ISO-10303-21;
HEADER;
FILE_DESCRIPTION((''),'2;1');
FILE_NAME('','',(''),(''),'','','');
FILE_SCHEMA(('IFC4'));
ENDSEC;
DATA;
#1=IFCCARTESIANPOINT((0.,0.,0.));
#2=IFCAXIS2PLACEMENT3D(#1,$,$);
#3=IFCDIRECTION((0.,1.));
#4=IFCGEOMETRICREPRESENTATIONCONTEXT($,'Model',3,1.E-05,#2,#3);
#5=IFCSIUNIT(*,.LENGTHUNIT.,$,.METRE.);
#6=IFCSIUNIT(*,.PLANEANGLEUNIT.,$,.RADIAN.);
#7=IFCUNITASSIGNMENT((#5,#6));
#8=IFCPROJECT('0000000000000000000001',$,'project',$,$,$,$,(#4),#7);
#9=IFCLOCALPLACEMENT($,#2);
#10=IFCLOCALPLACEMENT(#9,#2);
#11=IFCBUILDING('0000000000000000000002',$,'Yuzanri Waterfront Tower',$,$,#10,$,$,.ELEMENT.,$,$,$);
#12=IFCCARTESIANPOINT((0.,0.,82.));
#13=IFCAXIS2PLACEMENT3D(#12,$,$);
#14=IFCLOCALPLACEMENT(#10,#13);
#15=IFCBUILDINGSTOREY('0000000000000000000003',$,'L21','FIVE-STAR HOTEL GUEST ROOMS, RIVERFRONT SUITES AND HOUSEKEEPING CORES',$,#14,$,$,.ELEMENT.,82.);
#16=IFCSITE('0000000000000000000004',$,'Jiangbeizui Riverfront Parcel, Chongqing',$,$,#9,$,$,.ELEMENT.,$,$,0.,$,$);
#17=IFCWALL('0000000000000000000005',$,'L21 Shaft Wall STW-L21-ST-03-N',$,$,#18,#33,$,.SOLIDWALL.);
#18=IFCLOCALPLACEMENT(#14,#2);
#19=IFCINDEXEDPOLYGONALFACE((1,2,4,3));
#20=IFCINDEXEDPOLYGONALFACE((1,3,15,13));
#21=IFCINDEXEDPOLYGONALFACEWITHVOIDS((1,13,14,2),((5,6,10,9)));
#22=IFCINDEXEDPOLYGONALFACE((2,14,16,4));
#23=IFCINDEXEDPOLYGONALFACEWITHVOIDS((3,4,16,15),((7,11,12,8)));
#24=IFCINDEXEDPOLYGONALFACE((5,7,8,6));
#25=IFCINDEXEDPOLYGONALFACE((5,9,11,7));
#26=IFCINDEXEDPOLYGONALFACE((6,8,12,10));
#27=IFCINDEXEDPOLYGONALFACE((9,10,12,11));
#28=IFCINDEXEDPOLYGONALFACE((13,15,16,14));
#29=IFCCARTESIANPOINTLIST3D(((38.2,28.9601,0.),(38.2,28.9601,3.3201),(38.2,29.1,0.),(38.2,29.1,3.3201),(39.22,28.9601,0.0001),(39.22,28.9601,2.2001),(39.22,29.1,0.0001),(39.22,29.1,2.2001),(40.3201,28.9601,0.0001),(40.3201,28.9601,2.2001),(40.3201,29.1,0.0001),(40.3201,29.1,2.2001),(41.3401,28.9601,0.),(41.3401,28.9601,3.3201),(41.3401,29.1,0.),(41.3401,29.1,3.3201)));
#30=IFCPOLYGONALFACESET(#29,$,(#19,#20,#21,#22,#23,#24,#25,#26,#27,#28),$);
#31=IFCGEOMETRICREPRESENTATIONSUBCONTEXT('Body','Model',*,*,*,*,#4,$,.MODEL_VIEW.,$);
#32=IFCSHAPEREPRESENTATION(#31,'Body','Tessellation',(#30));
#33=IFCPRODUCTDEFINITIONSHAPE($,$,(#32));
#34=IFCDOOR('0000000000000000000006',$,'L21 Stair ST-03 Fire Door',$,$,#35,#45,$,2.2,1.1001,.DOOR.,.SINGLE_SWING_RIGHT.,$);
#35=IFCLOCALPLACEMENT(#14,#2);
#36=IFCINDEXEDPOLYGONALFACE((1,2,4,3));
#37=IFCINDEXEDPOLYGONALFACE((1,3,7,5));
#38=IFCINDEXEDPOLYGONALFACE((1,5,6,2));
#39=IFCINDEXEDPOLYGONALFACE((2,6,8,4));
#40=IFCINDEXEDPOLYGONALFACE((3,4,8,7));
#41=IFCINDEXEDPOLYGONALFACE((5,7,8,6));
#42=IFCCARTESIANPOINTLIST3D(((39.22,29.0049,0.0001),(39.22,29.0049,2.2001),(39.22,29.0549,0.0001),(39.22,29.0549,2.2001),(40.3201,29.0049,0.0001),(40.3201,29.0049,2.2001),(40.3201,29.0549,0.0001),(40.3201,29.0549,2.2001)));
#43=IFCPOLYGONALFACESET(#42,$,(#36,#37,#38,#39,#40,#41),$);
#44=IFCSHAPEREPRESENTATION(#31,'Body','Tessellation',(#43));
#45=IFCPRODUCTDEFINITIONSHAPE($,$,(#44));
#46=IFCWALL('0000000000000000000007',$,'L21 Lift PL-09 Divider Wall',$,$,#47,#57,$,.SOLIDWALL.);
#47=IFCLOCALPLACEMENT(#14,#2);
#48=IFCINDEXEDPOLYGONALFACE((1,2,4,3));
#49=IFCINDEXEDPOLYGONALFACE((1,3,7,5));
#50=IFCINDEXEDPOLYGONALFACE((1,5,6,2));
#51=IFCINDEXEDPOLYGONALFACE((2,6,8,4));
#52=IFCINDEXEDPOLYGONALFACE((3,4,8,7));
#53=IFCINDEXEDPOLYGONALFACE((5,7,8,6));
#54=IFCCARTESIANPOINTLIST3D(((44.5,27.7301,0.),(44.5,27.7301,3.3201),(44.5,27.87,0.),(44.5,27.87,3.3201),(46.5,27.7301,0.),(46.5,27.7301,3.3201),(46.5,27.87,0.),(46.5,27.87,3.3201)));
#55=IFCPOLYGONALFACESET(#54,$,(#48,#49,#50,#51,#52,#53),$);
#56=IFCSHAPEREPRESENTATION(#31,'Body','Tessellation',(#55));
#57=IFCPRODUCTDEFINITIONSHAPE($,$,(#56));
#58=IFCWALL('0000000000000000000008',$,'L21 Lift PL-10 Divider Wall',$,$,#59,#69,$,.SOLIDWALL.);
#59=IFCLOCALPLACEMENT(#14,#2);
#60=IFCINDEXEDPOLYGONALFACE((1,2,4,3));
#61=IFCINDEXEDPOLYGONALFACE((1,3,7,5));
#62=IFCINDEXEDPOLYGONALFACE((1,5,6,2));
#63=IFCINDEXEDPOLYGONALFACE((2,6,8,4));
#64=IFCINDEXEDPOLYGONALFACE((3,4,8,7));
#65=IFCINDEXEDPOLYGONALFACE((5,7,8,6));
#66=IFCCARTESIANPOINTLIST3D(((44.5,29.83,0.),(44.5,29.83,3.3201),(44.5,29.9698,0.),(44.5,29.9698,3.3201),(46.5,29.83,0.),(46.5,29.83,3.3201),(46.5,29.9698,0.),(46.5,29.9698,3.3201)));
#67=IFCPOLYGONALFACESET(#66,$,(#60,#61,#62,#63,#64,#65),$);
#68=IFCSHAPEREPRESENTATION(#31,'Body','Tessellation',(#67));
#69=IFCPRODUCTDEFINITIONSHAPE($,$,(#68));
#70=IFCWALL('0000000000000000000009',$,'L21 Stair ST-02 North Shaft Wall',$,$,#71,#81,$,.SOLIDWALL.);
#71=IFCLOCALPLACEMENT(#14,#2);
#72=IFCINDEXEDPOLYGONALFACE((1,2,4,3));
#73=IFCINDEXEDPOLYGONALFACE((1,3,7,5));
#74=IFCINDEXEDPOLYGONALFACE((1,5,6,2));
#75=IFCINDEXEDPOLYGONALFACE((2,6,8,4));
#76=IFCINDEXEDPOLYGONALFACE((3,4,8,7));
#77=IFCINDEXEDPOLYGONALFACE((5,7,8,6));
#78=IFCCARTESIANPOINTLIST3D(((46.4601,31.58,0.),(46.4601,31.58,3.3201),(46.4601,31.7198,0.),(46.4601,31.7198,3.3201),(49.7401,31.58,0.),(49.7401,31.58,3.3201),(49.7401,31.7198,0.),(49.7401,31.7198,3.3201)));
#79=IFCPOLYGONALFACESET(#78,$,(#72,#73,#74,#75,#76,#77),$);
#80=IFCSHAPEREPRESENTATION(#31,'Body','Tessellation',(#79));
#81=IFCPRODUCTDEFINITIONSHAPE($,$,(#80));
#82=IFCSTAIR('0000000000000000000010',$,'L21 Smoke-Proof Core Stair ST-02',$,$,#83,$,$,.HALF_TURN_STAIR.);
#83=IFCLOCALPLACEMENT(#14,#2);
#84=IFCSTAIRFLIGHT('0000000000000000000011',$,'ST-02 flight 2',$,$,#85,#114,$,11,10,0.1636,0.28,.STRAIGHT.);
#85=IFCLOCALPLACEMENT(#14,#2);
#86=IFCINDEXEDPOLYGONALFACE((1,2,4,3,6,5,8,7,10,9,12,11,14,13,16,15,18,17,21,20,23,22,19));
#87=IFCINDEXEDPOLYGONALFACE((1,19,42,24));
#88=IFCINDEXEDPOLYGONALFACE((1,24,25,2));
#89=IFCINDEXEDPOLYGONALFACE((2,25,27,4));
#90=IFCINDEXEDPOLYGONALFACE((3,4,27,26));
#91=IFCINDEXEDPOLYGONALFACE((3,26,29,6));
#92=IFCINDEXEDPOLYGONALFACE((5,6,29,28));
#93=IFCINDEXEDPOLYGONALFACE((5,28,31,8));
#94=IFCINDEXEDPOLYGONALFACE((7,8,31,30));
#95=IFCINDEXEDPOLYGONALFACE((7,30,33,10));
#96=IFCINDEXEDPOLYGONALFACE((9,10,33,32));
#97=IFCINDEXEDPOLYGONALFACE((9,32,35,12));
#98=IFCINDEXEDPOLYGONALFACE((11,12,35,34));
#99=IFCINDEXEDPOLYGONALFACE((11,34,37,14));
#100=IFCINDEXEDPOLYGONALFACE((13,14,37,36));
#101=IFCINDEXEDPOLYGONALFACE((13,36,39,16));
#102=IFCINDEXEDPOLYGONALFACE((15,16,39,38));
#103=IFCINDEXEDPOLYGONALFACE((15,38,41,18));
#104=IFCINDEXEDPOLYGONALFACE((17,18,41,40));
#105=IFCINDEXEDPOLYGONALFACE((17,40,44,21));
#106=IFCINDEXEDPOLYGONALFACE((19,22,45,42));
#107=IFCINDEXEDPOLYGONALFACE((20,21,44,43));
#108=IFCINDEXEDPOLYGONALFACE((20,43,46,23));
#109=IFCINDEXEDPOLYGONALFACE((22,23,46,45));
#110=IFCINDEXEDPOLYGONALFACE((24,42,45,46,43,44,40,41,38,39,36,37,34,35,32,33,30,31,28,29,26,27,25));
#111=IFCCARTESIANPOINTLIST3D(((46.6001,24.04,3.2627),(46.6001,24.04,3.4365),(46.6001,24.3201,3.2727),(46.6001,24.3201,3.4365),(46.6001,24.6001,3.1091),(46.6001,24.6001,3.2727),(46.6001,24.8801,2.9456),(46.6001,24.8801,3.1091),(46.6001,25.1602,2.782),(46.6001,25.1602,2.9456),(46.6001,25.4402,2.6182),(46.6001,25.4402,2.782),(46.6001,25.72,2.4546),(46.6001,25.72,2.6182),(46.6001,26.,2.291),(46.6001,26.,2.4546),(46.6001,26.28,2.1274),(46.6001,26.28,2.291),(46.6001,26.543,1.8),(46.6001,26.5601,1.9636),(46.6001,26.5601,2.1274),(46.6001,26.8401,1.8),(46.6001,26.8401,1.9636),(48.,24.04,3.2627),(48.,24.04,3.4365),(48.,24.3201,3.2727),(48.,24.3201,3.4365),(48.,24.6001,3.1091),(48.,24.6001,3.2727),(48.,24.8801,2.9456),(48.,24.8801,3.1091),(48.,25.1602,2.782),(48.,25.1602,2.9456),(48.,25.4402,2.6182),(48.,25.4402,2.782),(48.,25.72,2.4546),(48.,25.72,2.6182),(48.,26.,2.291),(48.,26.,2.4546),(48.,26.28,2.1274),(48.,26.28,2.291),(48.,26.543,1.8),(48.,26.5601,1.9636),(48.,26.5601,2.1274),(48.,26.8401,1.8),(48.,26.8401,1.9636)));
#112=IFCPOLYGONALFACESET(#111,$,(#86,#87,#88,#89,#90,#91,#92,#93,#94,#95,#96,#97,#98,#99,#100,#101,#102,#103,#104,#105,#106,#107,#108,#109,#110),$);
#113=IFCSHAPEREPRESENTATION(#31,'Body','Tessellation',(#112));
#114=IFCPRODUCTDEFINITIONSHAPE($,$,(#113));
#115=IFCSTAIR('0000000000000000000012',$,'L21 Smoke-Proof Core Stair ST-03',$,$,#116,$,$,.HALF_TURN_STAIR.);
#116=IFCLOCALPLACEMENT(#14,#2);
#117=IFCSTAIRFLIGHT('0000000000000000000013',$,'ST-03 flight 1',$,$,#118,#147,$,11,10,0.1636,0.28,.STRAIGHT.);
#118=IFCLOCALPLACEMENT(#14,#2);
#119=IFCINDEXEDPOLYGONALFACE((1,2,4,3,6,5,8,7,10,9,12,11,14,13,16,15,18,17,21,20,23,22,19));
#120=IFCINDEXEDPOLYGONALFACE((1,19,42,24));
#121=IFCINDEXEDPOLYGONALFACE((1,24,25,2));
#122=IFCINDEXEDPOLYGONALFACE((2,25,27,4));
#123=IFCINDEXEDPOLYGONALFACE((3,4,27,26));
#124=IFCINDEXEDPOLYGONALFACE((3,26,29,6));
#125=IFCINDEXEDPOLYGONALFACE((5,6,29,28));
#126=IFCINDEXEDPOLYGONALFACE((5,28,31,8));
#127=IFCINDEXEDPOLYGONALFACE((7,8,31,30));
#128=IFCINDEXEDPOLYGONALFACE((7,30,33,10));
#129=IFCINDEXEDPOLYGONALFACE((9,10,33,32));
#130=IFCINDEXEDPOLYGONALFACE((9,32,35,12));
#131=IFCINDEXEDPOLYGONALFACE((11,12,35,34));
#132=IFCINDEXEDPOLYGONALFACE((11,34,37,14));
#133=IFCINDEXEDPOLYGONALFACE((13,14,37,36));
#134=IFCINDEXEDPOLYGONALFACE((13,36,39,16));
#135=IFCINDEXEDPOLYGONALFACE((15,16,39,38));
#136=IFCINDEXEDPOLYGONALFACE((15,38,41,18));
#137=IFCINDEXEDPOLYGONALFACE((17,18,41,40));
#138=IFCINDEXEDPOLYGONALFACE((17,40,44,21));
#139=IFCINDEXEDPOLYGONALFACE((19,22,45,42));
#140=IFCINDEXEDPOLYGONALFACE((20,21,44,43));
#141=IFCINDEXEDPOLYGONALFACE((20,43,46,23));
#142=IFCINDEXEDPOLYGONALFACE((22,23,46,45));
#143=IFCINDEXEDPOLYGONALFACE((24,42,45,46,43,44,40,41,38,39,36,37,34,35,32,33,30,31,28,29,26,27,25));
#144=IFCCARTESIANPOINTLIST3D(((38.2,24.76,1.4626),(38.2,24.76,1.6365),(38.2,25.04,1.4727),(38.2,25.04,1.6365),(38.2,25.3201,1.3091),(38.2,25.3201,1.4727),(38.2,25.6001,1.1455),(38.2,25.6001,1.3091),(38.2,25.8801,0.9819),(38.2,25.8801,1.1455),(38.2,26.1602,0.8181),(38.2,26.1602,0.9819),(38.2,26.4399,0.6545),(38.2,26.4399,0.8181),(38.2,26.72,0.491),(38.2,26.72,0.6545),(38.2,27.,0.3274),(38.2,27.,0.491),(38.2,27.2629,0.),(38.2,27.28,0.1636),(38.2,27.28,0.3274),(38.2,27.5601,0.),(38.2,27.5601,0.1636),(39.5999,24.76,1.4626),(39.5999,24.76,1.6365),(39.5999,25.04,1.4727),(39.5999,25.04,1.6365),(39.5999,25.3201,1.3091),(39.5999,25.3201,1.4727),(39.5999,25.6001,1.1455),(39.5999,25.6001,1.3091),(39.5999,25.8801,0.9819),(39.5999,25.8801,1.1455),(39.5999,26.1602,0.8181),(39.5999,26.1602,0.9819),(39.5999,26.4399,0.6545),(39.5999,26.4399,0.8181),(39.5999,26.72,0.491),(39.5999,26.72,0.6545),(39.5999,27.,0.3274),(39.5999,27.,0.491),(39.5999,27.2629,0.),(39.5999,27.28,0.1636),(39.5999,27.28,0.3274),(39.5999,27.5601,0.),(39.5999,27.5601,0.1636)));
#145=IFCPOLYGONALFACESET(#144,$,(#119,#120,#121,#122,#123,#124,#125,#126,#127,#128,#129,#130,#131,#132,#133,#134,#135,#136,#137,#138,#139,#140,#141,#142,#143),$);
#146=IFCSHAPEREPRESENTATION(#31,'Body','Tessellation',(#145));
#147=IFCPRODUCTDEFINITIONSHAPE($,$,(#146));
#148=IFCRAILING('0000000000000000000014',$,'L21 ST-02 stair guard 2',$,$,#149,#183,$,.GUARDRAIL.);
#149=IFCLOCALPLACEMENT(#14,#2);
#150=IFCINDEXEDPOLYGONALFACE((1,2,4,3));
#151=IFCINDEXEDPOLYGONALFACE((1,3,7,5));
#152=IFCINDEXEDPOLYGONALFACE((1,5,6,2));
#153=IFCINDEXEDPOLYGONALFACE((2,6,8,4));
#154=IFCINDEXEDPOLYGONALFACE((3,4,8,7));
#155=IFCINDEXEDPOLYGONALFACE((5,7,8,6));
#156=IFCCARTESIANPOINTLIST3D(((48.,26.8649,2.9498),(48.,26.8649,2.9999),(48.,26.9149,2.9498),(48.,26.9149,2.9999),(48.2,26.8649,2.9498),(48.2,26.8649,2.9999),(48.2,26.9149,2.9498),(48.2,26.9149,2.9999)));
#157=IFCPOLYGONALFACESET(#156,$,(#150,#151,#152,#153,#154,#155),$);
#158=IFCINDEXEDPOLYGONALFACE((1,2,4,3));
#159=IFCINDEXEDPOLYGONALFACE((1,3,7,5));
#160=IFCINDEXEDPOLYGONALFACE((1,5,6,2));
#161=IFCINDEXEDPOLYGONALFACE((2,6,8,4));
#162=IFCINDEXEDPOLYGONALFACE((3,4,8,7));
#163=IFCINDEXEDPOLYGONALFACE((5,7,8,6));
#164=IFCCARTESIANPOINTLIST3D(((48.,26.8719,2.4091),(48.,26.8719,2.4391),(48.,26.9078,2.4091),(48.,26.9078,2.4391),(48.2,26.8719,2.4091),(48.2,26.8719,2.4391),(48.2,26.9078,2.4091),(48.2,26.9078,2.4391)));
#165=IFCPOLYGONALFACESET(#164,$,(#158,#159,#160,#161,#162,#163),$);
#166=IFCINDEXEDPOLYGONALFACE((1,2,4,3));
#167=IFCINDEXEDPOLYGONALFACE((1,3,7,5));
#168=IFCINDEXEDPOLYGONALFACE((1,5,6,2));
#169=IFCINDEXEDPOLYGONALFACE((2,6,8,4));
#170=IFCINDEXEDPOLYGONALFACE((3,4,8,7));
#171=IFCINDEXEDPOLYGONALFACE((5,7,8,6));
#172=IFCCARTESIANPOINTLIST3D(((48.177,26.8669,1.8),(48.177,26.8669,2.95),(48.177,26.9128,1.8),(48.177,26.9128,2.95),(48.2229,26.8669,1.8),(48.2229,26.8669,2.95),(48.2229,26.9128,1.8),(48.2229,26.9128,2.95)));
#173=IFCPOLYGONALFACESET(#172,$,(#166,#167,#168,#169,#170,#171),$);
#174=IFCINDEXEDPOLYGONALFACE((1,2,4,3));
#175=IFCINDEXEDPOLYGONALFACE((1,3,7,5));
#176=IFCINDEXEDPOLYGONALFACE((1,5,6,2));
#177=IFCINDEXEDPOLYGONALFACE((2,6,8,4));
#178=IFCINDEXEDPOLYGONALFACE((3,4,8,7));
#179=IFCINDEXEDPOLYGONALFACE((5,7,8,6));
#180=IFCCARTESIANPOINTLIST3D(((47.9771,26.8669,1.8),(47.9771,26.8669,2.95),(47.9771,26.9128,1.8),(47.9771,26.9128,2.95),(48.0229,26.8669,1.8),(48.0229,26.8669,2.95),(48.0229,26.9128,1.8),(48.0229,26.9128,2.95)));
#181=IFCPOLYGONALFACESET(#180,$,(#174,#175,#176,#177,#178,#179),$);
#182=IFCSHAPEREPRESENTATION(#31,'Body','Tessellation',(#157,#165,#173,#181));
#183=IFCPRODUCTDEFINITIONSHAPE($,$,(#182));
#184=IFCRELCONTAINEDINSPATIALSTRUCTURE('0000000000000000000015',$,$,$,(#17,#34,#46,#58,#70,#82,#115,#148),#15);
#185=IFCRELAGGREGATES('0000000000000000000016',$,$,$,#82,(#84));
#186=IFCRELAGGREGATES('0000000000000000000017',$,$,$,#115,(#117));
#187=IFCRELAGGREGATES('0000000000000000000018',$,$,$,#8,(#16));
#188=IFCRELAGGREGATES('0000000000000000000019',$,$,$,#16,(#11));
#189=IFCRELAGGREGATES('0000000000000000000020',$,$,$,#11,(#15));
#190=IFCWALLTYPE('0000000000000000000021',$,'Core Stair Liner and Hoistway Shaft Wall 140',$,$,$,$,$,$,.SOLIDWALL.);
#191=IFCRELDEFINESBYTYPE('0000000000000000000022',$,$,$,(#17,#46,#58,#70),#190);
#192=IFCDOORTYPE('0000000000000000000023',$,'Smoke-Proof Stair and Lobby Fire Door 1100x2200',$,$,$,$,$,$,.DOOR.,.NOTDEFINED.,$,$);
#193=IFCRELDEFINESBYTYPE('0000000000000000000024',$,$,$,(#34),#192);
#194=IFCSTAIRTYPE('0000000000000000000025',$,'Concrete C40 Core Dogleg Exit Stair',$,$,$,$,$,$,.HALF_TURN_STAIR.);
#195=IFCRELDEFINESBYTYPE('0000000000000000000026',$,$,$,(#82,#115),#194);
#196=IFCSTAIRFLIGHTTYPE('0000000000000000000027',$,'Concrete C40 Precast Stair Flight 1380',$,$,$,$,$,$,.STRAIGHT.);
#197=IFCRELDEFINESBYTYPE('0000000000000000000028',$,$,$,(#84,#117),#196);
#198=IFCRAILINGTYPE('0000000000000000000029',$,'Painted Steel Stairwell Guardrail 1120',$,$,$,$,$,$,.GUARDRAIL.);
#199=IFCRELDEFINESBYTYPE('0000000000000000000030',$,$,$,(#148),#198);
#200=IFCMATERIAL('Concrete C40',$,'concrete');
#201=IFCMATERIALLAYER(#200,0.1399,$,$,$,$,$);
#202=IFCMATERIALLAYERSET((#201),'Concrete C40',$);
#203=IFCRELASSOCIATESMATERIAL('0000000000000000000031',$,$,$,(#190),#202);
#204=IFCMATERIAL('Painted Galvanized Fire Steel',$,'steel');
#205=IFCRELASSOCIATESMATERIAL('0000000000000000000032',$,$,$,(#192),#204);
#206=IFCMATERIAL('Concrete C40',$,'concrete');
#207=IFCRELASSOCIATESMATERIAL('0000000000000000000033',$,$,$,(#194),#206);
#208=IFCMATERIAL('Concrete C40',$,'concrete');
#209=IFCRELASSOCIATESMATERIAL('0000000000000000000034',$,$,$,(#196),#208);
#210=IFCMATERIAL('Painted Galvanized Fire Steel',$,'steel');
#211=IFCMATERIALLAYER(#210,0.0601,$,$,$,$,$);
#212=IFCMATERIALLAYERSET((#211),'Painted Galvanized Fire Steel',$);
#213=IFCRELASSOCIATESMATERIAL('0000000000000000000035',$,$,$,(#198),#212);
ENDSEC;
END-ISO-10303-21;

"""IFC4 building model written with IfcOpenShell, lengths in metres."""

from ifc_helpers import new_model, si_unit, direction, frame, frame_2d, origin, origin_2d, place, context, subcontext, project, spatial, polyline, rectangle, outline, extrude, source, transform, mapped, material, layer, layer_set, type_object, element, fill, aggregate, save


model = new_model("IFC4")

# Units and contexts
model_context = context("Model", 3, precision=1e-05, world=origin(), true_north=direction((0.0, 1.0)))
body_context = subcontext(model_context, "Body", "Model", "MODEL_VIEW")
ifc_project = project(units=[si_unit("LENGTHUNIT", "METRE"), si_unit("PLANEANGLEUNIT", "RADIAN")], contexts=[model_context])

# Site, building, storey
site_placement = place(None, origin())
site = spatial("IfcSite", under=ifc_project, at=site_placement, Name="Jiangbeizui Riverfront Parcel, Chongqing", CompositionType="ELEMENT", RefElevation=0.0)
building_placement = place(site_placement, origin())
building = spatial("IfcBuilding", under=site, at=building_placement, Name="Yuzanri Waterfront Tower", CompositionType="ELEMENT")
storey_placement = place(building_placement, frame((0.0, 0.0, 82.0)))
storey = spatial("IfcBuildingStorey", under=building, at=storey_placement, Name="L21", Description="FIVE-STAR HOTEL GUEST ROOMS, RIVERFRONT SUITES AND HOUSEKEEPING CORES", CompositionType="ELEMENT", Elevation=82.0)

# Wall, opening, door
ifc_material_1 = material(Name="Concrete C40", Category="concrete")
ifc_layer_1 = layer(ifc_material_1, 0.1399)
ifc_layer_set_1 = layer_set([ifc_layer_1], Name="Concrete C40")
wall_type = type_object("IfcWallType", Name="Core Stair Liner and Hoistway Shaft Wall 140", PredefinedType="SOLIDWALL", material=ifc_layer_set_1)
wall_1_placement = place(storey_placement, frame((38.2, 29.03, 0.0), z_axis=(0.0, 0.0, 1.0), x_axis=(1.0, 0.0, 0.0)))
wall_1 = element("IfcWall", 1, at=wall_1_placement, inside=storey, type_object=wall_type, Name="L21 Shaft Wall STW-L21-ST-03-N", PredefinedType="SOLIDWALL", context=body_context, shape_type="SweptSolid", body=[
    extrude(rectangle(XDim=3.1401, YDim=0.1399, at=frame_2d((1.5701, 0.0))), origin(), (0.0, 0.0, 1.0), 3.3201),
])
opening_placement = place(wall_1_placement, frame((1.02, 0.0, 0.0)))
opening = element("IfcOpeningElement", 2, at=opening_placement, cuts=wall_1, PredefinedType="OPENING", context=body_context, shape_type="SweptSolid", body=[
    extrude(rectangle(XDim=1.1001, YDim=2.2, at=frame_2d((0.55, 1.1001))), frame((0.0, 0.085, 0.0), z_axis=(0.0, -1.0, 0.0), x_axis=(1.0, 0.0, 0.0)), (0.0, 0.0, 1.0), 0.1697),
])
ifc_material_2 = material(Name="Painted Galvanized Fire Steel", Category="steel")
door_type = type_object("IfcDoorType", Name="Smoke-Proof Stair and Lobby Fire Door 1100x2200", OperationType="NOTDEFINED", PredefinedType="DOOR", material=ifc_material_2)
shared_shape_1 = source(origin(), body_context, "Body", "SweptSolid", [
    extrude(rectangle(XDim=1.1001, YDim=2.2, at=frame_2d((0.55, 1.1001))), frame((0.0, 0.0249, 0.0), z_axis=(0.0, -1.0, 0.0), x_axis=(1.0, 0.0, 0.0)), (0.0, 0.0, 1.0), 0.05),
])
door_placement = place(opening_placement, origin())
door = element("IfcDoor", 3, at=door_placement, inside=storey, type_object=door_type, Name="L21 Stair ST-03 Fire Door", OperationType="SINGLE_SWING_RIGHT", OverallHeight=2.2, OverallWidth=1.1001, PredefinedType="DOOR", context=body_context, shape_type="MappedRepresentation", body=[
    mapped(shared_shape_1, transform((0.0, 0.0, 0.0), scale=1.0)),
])
fill(opening, door)

# Walls
shared_shape_2 = source(origin(), body_context, "Body", "SweptSolid", [
    extrude(rectangle(XDim=2.0, YDim=0.1399, at=frame_2d((1.0, 0.0))), origin(), (0.0, 0.0, 1.0), 3.3201),
])
for number, where, z_axis, x_axis, name in (
    (4, (44.5, 27.8, 0.0), (0.0, 0.0, 1.0), (1.0, 0.0, 0.0), "L21 Lift PL-09 Divider Wall"),
    (5, (44.5, 29.8999, 0.0), (0.0, 0.0, 1.0), (1.0, 0.0, 0.0), "L21 Lift PL-10 Divider Wall"),
):
    element("IfcWall", number, at=place(storey_placement, frame(where, z_axis=z_axis, x_axis=x_axis)), inside=storey, type_object=wall_type, Name=name, PredefinedType="SOLIDWALL", context=body_context, shape_type="MappedRepresentation", body=[
        mapped(shared_shape_2, transform((0.0, 0.0, 0.0), scale=1.0)),
    ])
shared_shape_3 = source(origin(), body_context, "Body", "SweptSolid", [
    extrude(rectangle(XDim=3.28, YDim=0.1399, at=frame_2d((1.6401, 0.0))), origin(), (0.0, 0.0, 1.0), 3.3201),
])
wall_2_placement = place(storey_placement, frame((46.46, 31.6499, 0.0), z_axis=(0.0, 0.0, 1.0), x_axis=(1.0, 0.0, 0.0)))
element("IfcWall", 6, at=wall_2_placement, inside=storey, type_object=wall_type, Name="L21 Stair ST-02 North Shaft Wall", PredefinedType="SOLIDWALL", context=body_context, shape_type="MappedRepresentation", body=[
    mapped(shared_shape_3, transform((0.0, 0.0, 0.0), scale=1.0)),
])

# Stairs, stair flights
ifc_material_3 = material(Name="Concrete C40", Category="concrete")
stair_type = type_object("IfcStairType", Name="Concrete C40 Core Dogleg Exit Stair", PredefinedType="HALF_TURN_STAIR", material=ifc_material_3)
stair_1_placement = place(storey_placement, origin())
stair_1 = element("IfcStair", 7, at=stair_1_placement, inside=storey, type_object=stair_type, Name="L21 Smoke-Proof Core Stair ST-02", PredefinedType="HALF_TURN_STAIR")
ifc_material_4 = material(Name="Concrete C40", Category="concrete")
stair_flight_type = type_object("IfcStairFlightType", Name="Concrete C40 Precast Stair Flight 1380", PredefinedType="STRAIGHT", material=ifc_material_4)
shared_shape_4 = source(origin(), body_context, "Body", "SweptSolid", [
    extrude(outline(polyline([(0.0, 0.0), (0.0, 0.1636), (0.28, 0.1636), (0.28, 0.3274), (0.5601, 0.3274), (0.5601, 0.491), (0.8401, 0.491), (0.8401, 0.6545), (1.1201, 0.6545), (1.1201, 0.8181), (1.3999, 0.8181), (1.3999, 0.9819), (1.6799, 0.9819), (1.6799, 1.1455), (1.96, 1.1455), (1.96, 1.3091), (2.24, 1.3091), (2.24, 1.4727), (2.52, 1.4727), (2.52, 1.6365), (2.8, 1.6365), (2.8, 1.8), (2.8, 1.4626), (0.2971, 0.0), (0.0, 0.0)])), frame((0.0, 0.7, 0.0), z_axis=(0.0, -1.0, 0.0), x_axis=(1.0, 0.0, 0.0)), (0.0, 0.0, 1.0), 1.3999),
])
stair_flight_1_placement = place(storey_placement, frame((47.3, 26.8401, 1.8), z_axis=(0.0, 0.0, 1.0), x_axis=(0.0, -1.0, 0.0)))
stair_flight_1 = element("IfcStairFlight", 8, at=stair_flight_1_placement, type_object=stair_flight_type, Name="ST-02 flight 2", NumberOfRisers=11, NumberOfTreads=10, PredefinedType="STRAIGHT", RiserHeight=0.1636, TreadLength=0.28, context=body_context, shape_type="MappedRepresentation", body=[
    mapped(shared_shape_4, transform((0.0, 0.0, 0.0), scale=1.0)),
])
aggregate(stair_1, [stair_flight_1])
stair_2_placement = place(storey_placement, origin())
stair_2 = element("IfcStair", 9, at=stair_2_placement, inside=storey, type_object=stair_type, Name="L21 Smoke-Proof Core Stair ST-03", PredefinedType="HALF_TURN_STAIR")
stair_flight_2_placement = place(storey_placement, frame((38.8999, 27.5601, 0.0), z_axis=(0.0, 0.0, 1.0), x_axis=(0.0, -1.0, 0.0)))
stair_flight_2 = element("IfcStairFlight", 10, at=stair_flight_2_placement, type_object=stair_flight_type, Name="ST-03 flight 1", NumberOfRisers=11, NumberOfTreads=10, PredefinedType="STRAIGHT", RiserHeight=0.1636, TreadLength=0.28, context=body_context, shape_type="MappedRepresentation", body=[
    mapped(shared_shape_4, transform((0.0, 0.0, 0.0), scale=1.0)),
])
aggregate(stair_2, [stair_flight_2])

# Railing
ifc_material_5 = material(Name="Painted Galvanized Fire Steel", Category="steel")
ifc_layer_2 = layer(ifc_material_5, 0.0601)
ifc_layer_set_2 = layer_set([ifc_layer_2], Name="Painted Galvanized Fire Steel")
railing_type_1 = type_object("IfcRailingType", Name="Painted Steel Stairwell Guardrail 1120", PredefinedType="GUARDRAIL", material=ifc_layer_set_2)
shared_shape_5 = source(origin(), body_context, "Body", "SweptSolid", [
    extrude(rectangle(XDim=0.05, YDim=0.05, at=origin_2d()), frame((0.0, 0.0, 1.1748), z_axis=(-1.0, 0.0, 0.0), x_axis=(0.0, -1.0, 0.0)), (0.0, 0.0, 1.0), 0.2),
    extrude(rectangle(XDim=0.0359, YDim=0.03, at=origin_2d()), frame((0.0, 0.0, 0.624), z_axis=(-1.0, 0.0, 0.0), x_axis=(0.0, -1.0, 0.0)), (0.0, 0.0, 1.0), 0.2),
    extrude(rectangle(XDim=0.0459, YDim=0.0459, at=origin_2d()), origin(), (0.0, 0.0, 1.0), 1.1499),
    extrude(rectangle(XDim=0.0459, YDim=0.0459, at=origin_2d()), frame((-0.2, 0.0, 0.0)), (0.0, 0.0, 1.0), 1.1499),
])
railing_1_placement = place(storey_placement, frame((48.2, 26.8899, 1.8)))
element("IfcRailing", 11, at=railing_1_placement, inside=storey, type_object=railing_type_1, Name="L21 ST-02 stair guard 2", PredefinedType="GUARDRAIL", context=body_context, shape_type="MappedRepresentation", body=[
    mapped(shared_shape_5, transform((0.0, 0.0, 0.0), scale=1.0)),
])

save(model, "model.ifc")
